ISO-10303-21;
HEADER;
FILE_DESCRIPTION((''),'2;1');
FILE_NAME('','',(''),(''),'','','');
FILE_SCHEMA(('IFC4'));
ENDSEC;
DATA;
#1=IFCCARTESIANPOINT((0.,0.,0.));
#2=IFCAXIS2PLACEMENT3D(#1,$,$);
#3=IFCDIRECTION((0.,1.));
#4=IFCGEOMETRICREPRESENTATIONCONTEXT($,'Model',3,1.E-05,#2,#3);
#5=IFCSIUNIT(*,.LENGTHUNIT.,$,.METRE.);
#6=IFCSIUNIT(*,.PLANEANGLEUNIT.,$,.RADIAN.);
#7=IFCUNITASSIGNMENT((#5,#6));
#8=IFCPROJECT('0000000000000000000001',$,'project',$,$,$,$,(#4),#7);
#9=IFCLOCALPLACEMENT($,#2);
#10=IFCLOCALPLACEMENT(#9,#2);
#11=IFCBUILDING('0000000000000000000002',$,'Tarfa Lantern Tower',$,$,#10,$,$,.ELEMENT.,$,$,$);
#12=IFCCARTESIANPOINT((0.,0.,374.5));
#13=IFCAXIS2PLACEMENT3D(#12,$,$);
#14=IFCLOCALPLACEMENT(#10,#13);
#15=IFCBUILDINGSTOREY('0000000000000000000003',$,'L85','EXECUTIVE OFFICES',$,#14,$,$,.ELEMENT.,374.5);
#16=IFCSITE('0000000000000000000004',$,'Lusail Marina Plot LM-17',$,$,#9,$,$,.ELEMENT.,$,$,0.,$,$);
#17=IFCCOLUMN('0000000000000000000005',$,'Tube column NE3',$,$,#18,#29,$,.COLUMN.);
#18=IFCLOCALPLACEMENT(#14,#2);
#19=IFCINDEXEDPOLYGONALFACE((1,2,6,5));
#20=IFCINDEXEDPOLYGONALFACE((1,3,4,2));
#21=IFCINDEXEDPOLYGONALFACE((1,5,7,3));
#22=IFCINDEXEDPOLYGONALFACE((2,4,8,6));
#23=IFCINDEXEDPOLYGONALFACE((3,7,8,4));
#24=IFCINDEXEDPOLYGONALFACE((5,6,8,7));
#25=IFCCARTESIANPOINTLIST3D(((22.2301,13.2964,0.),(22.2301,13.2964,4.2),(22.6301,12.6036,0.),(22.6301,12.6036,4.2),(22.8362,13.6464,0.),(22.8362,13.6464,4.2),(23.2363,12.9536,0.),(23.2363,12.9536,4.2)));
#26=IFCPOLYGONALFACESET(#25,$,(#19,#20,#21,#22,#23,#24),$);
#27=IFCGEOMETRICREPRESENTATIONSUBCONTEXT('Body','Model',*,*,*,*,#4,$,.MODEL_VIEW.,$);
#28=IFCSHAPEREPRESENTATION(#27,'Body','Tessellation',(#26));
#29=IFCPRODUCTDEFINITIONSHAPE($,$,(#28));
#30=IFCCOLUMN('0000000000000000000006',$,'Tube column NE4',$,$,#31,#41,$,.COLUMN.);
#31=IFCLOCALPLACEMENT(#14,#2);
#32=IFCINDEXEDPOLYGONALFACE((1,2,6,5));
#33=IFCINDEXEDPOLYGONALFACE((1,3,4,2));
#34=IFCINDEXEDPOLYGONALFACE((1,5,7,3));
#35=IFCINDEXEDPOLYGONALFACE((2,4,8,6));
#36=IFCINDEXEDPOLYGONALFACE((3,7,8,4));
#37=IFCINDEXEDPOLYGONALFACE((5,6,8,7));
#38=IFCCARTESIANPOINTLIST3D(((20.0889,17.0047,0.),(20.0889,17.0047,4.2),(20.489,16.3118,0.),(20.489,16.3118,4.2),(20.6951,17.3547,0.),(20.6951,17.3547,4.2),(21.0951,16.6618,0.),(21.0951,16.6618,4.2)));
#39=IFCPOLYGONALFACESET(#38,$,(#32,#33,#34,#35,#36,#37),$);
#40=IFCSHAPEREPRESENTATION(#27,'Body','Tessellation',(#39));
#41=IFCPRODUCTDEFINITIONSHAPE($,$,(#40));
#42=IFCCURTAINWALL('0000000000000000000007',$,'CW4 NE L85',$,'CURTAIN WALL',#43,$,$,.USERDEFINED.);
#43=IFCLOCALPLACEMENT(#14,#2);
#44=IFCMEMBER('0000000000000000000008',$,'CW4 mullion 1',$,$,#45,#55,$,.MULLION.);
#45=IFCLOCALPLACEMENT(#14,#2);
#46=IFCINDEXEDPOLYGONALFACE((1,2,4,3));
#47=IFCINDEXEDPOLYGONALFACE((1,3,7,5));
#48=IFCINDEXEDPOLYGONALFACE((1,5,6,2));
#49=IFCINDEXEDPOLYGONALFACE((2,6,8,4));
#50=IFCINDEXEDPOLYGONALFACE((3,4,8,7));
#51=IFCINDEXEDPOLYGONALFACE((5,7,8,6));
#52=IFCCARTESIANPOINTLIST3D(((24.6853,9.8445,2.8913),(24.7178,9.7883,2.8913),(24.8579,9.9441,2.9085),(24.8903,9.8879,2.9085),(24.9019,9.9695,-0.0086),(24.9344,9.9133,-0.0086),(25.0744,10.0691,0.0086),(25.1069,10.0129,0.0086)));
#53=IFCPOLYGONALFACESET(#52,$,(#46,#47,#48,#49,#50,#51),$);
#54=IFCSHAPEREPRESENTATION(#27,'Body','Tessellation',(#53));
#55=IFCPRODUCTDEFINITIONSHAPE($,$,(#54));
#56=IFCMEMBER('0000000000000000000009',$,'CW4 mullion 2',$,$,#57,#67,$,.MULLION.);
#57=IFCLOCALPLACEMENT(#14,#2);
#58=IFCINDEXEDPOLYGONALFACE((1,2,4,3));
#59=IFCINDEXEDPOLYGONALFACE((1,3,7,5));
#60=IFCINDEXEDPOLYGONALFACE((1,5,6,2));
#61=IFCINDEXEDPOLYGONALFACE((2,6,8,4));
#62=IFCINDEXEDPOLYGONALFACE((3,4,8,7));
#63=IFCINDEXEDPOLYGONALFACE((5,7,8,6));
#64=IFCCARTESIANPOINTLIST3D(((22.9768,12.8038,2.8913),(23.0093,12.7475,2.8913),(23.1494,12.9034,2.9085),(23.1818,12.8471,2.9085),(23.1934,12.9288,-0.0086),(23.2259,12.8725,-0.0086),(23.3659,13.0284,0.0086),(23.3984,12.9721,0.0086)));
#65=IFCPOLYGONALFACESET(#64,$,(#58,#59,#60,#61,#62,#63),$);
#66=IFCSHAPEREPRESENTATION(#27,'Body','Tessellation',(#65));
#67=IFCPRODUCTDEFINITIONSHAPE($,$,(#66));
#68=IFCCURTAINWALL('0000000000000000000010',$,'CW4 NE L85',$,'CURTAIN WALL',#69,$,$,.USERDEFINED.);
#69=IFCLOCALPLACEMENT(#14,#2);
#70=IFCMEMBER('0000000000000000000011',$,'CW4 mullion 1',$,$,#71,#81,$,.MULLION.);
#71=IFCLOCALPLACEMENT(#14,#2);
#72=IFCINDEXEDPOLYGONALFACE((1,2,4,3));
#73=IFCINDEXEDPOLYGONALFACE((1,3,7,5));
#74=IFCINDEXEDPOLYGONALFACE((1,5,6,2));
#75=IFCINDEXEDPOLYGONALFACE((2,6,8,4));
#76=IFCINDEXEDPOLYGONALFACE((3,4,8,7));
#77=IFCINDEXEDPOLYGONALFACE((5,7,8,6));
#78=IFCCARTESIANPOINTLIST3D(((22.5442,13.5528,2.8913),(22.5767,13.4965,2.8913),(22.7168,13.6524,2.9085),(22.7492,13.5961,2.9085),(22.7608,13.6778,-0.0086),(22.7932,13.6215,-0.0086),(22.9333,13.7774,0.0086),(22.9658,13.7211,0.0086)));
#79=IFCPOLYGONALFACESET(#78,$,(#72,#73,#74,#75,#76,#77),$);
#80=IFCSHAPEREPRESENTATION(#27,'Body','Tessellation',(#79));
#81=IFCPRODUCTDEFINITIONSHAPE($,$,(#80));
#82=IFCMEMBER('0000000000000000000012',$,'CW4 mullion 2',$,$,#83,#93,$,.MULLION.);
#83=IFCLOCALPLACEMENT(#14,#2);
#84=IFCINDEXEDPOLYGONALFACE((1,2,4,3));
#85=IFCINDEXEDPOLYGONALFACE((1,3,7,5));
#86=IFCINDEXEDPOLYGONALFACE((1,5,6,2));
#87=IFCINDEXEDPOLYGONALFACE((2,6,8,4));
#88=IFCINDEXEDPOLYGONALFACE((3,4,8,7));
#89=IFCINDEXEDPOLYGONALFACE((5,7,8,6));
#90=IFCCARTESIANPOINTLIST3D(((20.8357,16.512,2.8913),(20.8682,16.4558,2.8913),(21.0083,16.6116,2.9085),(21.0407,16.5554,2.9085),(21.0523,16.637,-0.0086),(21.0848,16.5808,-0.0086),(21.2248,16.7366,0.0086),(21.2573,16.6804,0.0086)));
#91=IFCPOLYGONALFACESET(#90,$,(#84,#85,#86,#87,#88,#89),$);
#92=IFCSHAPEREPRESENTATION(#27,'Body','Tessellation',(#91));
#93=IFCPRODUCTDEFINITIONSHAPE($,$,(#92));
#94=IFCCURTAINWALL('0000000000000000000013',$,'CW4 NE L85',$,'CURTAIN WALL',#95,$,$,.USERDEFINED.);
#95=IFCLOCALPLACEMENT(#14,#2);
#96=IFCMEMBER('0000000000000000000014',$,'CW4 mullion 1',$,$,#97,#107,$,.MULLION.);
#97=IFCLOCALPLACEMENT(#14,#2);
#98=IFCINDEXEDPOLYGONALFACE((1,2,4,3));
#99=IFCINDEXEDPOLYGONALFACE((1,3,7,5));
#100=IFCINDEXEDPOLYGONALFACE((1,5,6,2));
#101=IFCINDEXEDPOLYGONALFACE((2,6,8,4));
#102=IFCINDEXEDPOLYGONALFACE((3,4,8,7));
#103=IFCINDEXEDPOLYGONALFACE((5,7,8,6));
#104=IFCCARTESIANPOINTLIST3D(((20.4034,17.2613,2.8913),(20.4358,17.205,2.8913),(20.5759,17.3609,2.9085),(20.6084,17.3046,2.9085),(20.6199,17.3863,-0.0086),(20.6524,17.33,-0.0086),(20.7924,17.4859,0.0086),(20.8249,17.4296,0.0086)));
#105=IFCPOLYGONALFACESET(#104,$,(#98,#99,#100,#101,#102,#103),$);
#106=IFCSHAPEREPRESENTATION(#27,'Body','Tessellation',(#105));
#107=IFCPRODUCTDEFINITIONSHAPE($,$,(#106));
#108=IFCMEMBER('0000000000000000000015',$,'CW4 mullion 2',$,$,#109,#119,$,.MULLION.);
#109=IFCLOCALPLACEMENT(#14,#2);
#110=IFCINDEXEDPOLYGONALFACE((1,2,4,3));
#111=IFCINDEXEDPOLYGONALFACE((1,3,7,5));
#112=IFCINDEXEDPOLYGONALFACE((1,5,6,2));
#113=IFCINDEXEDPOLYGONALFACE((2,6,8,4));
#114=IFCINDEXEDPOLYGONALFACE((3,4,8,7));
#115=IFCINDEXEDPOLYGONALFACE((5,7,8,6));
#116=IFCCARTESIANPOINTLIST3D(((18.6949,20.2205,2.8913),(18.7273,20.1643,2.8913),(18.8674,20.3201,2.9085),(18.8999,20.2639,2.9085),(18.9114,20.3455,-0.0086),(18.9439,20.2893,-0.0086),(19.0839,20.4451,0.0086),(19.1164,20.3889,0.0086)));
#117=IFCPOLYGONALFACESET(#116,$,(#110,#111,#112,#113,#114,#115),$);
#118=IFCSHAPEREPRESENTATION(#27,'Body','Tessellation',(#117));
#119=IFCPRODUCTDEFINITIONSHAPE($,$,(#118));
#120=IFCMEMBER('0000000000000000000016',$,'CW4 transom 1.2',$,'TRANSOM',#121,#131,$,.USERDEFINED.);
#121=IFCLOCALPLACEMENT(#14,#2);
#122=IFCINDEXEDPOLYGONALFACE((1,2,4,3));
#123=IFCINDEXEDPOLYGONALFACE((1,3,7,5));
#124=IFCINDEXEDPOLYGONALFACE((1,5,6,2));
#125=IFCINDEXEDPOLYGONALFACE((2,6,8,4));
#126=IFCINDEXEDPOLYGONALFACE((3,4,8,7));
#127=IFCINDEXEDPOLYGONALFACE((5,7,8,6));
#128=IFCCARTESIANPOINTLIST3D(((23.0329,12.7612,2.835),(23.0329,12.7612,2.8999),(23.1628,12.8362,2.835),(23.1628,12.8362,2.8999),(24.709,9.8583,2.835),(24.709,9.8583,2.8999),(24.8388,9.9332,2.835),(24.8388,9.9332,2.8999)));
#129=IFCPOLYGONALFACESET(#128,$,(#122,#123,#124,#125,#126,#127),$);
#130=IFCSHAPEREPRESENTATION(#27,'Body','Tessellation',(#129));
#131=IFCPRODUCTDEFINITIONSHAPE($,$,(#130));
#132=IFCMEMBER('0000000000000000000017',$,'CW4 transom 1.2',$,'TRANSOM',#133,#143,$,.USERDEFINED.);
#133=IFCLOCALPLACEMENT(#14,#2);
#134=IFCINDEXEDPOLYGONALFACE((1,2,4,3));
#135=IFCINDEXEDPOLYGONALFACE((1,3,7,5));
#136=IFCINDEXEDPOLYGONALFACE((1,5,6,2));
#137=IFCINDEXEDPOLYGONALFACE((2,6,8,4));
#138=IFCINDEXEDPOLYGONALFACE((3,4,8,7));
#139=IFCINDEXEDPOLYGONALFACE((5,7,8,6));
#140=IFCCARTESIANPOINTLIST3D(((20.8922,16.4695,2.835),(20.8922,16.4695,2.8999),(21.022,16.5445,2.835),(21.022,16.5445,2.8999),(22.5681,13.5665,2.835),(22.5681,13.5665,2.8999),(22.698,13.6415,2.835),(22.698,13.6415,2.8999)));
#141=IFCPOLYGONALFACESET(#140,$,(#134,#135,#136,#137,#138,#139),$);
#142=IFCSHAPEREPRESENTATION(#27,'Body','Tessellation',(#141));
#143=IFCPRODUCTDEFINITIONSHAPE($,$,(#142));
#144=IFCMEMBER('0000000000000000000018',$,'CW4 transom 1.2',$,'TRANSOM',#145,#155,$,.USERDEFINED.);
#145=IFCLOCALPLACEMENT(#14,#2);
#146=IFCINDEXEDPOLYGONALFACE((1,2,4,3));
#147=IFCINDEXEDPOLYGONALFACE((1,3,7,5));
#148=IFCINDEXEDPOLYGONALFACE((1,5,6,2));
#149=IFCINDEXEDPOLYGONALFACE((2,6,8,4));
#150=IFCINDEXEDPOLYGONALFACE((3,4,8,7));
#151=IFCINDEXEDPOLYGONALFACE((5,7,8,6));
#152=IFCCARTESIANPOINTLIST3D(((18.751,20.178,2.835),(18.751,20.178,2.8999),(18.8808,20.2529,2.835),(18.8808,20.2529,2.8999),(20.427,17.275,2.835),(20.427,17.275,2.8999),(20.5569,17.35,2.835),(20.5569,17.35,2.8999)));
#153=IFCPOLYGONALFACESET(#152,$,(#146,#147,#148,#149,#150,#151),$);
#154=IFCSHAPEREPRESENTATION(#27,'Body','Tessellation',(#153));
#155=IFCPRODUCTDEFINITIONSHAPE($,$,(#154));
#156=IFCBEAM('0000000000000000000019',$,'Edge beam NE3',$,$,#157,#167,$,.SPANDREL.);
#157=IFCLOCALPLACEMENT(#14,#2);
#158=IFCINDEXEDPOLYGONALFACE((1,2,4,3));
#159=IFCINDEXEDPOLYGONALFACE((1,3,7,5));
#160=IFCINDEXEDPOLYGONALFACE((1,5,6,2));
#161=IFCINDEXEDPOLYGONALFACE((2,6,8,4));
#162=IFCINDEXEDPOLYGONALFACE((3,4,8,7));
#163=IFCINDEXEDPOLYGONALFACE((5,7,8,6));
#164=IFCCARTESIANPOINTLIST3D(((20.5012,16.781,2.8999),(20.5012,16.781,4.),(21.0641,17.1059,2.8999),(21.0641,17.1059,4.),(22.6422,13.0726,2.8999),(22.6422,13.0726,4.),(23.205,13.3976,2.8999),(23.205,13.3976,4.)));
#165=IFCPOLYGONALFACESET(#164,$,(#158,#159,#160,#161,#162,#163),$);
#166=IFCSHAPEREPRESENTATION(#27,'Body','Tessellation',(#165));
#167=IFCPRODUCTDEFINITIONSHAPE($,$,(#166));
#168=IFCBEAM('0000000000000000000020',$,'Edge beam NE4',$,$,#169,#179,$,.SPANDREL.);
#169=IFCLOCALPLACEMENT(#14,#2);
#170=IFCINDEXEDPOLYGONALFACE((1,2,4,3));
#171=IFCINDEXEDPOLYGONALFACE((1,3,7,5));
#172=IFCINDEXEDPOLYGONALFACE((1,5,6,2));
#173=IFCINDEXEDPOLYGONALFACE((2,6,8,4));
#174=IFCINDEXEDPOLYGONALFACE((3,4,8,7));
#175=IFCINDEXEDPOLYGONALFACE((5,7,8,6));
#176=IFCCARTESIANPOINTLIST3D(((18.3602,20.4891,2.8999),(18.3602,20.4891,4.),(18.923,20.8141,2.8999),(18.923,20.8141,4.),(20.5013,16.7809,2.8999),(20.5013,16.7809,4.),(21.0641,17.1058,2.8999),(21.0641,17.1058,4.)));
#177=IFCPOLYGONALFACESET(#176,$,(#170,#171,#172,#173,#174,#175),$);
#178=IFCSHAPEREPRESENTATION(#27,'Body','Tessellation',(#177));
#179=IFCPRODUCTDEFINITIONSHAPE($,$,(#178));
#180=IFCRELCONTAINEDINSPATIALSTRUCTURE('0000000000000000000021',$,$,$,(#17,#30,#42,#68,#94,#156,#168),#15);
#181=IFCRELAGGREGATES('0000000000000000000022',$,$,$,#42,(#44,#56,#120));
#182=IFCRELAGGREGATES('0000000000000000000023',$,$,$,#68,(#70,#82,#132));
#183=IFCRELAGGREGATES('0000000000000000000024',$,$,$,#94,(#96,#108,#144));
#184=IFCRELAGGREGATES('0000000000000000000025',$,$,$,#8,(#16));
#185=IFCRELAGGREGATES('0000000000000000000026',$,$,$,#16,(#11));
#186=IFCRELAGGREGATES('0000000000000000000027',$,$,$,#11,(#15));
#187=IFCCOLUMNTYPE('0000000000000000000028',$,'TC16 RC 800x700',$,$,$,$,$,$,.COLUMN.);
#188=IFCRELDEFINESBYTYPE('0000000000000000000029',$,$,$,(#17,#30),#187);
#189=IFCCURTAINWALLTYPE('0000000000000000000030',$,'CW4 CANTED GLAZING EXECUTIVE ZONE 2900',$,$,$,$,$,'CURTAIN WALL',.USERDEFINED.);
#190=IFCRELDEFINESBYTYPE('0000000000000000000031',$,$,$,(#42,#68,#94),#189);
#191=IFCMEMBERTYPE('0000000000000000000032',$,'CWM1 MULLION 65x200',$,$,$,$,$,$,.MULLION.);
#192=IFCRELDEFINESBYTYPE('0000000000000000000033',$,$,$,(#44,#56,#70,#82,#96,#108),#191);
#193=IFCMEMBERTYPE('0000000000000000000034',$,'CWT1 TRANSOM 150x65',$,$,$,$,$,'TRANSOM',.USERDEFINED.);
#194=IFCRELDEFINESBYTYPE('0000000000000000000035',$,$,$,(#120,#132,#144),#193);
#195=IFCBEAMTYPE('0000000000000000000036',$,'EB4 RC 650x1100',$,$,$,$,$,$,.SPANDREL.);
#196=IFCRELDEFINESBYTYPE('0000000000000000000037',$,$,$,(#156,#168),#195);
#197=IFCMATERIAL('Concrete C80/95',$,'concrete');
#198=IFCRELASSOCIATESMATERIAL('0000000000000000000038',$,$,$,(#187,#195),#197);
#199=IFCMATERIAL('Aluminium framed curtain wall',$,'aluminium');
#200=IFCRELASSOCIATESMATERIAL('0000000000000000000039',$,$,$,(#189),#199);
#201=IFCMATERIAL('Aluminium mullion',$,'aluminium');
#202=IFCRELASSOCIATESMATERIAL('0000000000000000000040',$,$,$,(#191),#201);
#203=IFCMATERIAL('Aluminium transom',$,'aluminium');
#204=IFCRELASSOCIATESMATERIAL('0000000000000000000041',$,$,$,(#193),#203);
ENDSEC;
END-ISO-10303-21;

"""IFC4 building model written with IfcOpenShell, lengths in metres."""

from ifc_helpers import new_model, si_unit, direction, frame, origin, origin_2d, place, context, subcontext, project, spatial, rectangle, extrude, material, material_profile, profile_set, type_object, element, aggregate, save


model = new_model("IFC4")

# Units and contexts
model_context = context("Model", 3, precision=1e-05, world=origin(), true_north=direction((0.0, 1.0)))
body_context = subcontext(model_context, "Body", "Model", "MODEL_VIEW")
ifc_project = project(units=[si_unit("LENGTHUNIT", "METRE"), si_unit("PLANEANGLEUNIT", "RADIAN")], contexts=[model_context])

# Site, building, storey
site_placement = place(None, origin())
site = spatial("IfcSite", under=ifc_project, at=site_placement, Name="Lusail Marina Plot LM-17", CompositionType="ELEMENT", RefElevation=0.0)
building_placement = place(site_placement, origin())
building = spatial("IfcBuilding", under=site, at=building_placement, Name="Tarfa Lantern Tower", CompositionType="ELEMENT")
storey_placement = place(building_placement, frame((0.0, 0.0, 374.5)))
storey = spatial("IfcBuildingStorey", under=building, at=storey_placement, Name="L85", Description="EXECUTIVE OFFICES", CompositionType="ELEMENT", Elevation=374.5)

# Columns
ifc_material_1 = material(Name="Concrete C80/95", Category="concrete")
ifc_material_profile_1 = material_profile(ifc_material_1, rectangle(XDim=0.8, YDim=0.7, at=origin_2d()), Name="RC 800x700")
ifc_profile_set_1 = profile_set([ifc_material_profile_1], Name="Concrete C80/95")
column_type = type_object("IfcColumnType", Name="TC16 RC 800x700", PredefinedType="COLUMN", material=ifc_profile_set_1)
for number, where, z_axis, x_axis, name in (
    (1, (22.7332, 13.125, 0.0), (0.0, 0.0, 1.0), (-0.5, 0.866025, 0.0), "Tube column NE3"),
    (2, (20.592, 16.8333, 0.0), (0.0, 0.0, 1.0), (-0.5, 0.866025, 0.0), "Tube column NE4"),
):
    element("IfcColumn", number, at=place(storey_placement, frame(where, z_axis=z_axis, x_axis=x_axis)), inside=storey, type_object=column_type, Name=name, PredefinedType="COLUMN", context=body_context, shape_type="SweptSolid", body=[
        extrude(rectangle(XDim=0.8, YDim=0.7, at=origin_2d()), origin(), (0.0, 0.0, 1.0), 4.2),
    ])

# Curtain walls, members
ifc_material_2 = material(Name="Aluminium framed curtain wall", Category="aluminium")
curtain_wall_type = type_object("IfcCurtainWallType", Name="CW4 CANTED GLAZING EXECUTIVE ZONE 2900", ElementType="CURTAIN WALL", PredefinedType="USERDEFINED", material=ifc_material_2)
curtain_wall_1_placement = place(storey_placement, origin())
curtain_wall_1 = element("IfcCurtainWall", 3, at=curtain_wall_1_placement, inside=storey, type_object=curtain_wall_type, Name="CW4 NE L85", ObjectType="CURTAIN WALL", PredefinedType="USERDEFINED")
ifc_material_3 = material(Name="Aluminium mullion", Category="aluminium")
ifc_material_profile_2 = material_profile(ifc_material_3, rectangle(XDim=0.0649, YDim=0.2, at=origin_2d()), Name="AL MULLION 65x200")
ifc_profile_set_2 = profile_set([ifc_material_profile_2], Name="Aluminium mullion")
member_type_1 = type_object("IfcMemberType", Name="CWM1 MULLION 65x200", PredefinedType="MULLION", material=ifc_profile_set_2)
member_1_placement = place(storey_placement, frame((25.0044, 9.9912, 0.0), z_axis=(-0.0744, -0.042946, 0.996303), x_axis=(0.49992, -0.866072, 0.0)))
member_1 = element("IfcMember", 4, at=member_1_placement, type_object=member_type_1, Name="CW4 mullion 1", PredefinedType="MULLION", context=body_context, shape_type="SweptSolid", body=[
    extrude(rectangle(XDim=0.0649, YDim=0.2, at=origin_2d()), origin(), (0.0, 0.0, 1.0), 2.9106),
])
member_2_placement = place(storey_placement, frame((23.2959, 12.9504, 0.0), z_axis=(-0.0744, -0.042946, 0.996303), x_axis=(0.49992, -0.866072, 0.0)))
member_2 = element("IfcMember", 5, at=member_2_placement, type_object=member_type_1, Name="CW4 mullion 2", PredefinedType="MULLION", context=body_context, shape_type="SweptSolid", body=[
    extrude(rectangle(XDim=0.0649, YDim=0.2, at=origin_2d()), origin(), (0.0, 0.0, 1.0), 2.9106),
])
curtain_wall_2_placement = place(storey_placement, origin())
curtain_wall_2 = element("IfcCurtainWall", 6, at=curtain_wall_2_placement, inside=storey, type_object=curtain_wall_type, Name="CW4 NE L85", ObjectType="CURTAIN WALL", PredefinedType="USERDEFINED")
member_3_placement = place(storey_placement, frame((22.8633, 13.6995, 0.0), z_axis=(-0.0744, -0.042946, 0.996303), x_axis=(0.49992, -0.866072, 0.0)))
member_3 = element("IfcMember", 7, at=member_3_placement, type_object=member_type_1, Name="CW4 mullion 1", PredefinedType="MULLION", context=body_context, shape_type="SweptSolid", body=[
    extrude(rectangle(XDim=0.0649, YDim=0.2, at=origin_2d()), origin(), (0.0, 0.0, 1.0), 2.9106),
])
member_4_placement = place(storey_placement, frame((21.1548, 16.6587, 0.0), z_axis=(-0.0744, -0.042946, 0.996303), x_axis=(0.49992, -0.866072, 0.0)))
member_4 = element("IfcMember", 8, at=member_4_placement, type_object=member_type_1, Name="CW4 mullion 2", PredefinedType="MULLION", context=body_context, shape_type="SweptSolid", body=[
    extrude(rectangle(XDim=0.0649, YDim=0.2, at=origin_2d()), origin(), (0.0, 0.0, 1.0), 2.9106),
])
curtain_wall_3_placement = place(storey_placement, origin())
curtain_wall_3 = element("IfcCurtainWall", 9, at=curtain_wall_3_placement, inside=storey, type_object=curtain_wall_type, Name="CW4 NE L85", ObjectType="CURTAIN WALL", PredefinedType="USERDEFINED")
member_5_placement = place(storey_placement, frame((20.7224, 17.408, 0.0), z_axis=(-0.0744, -0.042946, 0.996303), x_axis=(0.49992, -0.866072, 0.0)))
member_5 = element("IfcMember", 10, at=member_5_placement, type_object=member_type_1, Name="CW4 mullion 1", PredefinedType="MULLION", context=body_context, shape_type="SweptSolid", body=[
    extrude(rectangle(XDim=0.0649, YDim=0.2, at=origin_2d()), origin(), (0.0, 0.0, 1.0), 2.9106),
])
member_6_placement = place(storey_placement, frame((19.0139, 20.3672, 0.0), z_axis=(-0.0744, -0.042946, 0.996303), x_axis=(0.49992, -0.866072, 0.0)))
member_6 = element("IfcMember", 11, at=member_6_placement, type_object=member_type_1, Name="CW4 mullion 2", PredefinedType="MULLION", context=body_context, shape_type="SweptSolid", body=[
    extrude(rectangle(XDim=0.0649, YDim=0.2, at=origin_2d()), origin(), (0.0, 0.0, 1.0), 2.9106),
])

# Members
ifc_material_4 = material(Name="Aluminium transom", Category="aluminium")
ifc_material_profile_3 = material_profile(ifc_material_4, rectangle(XDim=0.1499, YDim=0.0649, at=origin_2d()), Name="AL TRANSOM 150x65")
ifc_profile_set_3 = profile_set([ifc_material_profile_3], Name="Aluminium transom")
member_type_2 = type_object("IfcMemberType", Name="CWT1 TRANSOM 150x65", ElementType="TRANSOM", PredefinedType="USERDEFINED", material=ifc_profile_set_3)
member_7_placement = place(storey_placement, frame((24.7739, 9.8958, 2.8674), z_axis=(-0.500017, 0.866016, 0.0), x_axis=(-0.866016, -0.500017, 0.0)))
member_7 = element("IfcMember", 12, at=member_7_placement, type_object=member_type_2, Name="CW4 transom 1.2", ObjectType="TRANSOM", PredefinedType="USERDEFINED", context=body_context, shape_type="SweptSolid", body=[
    extrude(rectangle(XDim=0.1499, YDim=0.0649, at=origin_2d()), origin(), (0.0, 0.0, 1.0), 3.3521),
])
member_8_placement = place(storey_placement, frame((22.6331, 13.604, 2.8674), z_axis=(-0.499985, 0.866034, 0.0), x_axis=(-0.866034, -0.499985, 0.0)))
member_8 = element("IfcMember", 13, at=member_8_placement, type_object=member_type_2, Name="CW4 transom 1.2", ObjectType="TRANSOM", PredefinedType="USERDEFINED", context=body_context, shape_type="SweptSolid", body=[
    extrude(rectangle(XDim=0.1499, YDim=0.0649, at=origin_2d()), origin(), (0.0, 0.0, 1.0), 3.3521),
])
member_9_placement = place(storey_placement, frame((20.4919, 17.3125, 2.8674), z_axis=(-0.500017, 0.866016, 0.0), x_axis=(-0.866016, -0.500017, 0.0)))
member_9 = element("IfcMember", 14, at=member_9_placement, type_object=member_type_2, Name="CW4 transom 1.2", ObjectType="TRANSOM", PredefinedType="USERDEFINED", context=body_context, shape_type="SweptSolid", body=[
    extrude(rectangle(XDim=0.1499, YDim=0.0649, at=origin_2d()), origin(), (0.0, 0.0, 1.0), 3.3521),
])

# Beams
ifc_material_profile_4 = material_profile(ifc_material_1, rectangle(XDim=0.6499, YDim=1.1001, at=origin_2d()), Name="RC 650x1100")
ifc_profile_set_4 = profile_set([ifc_material_profile_4], Name="Concrete C80/95")
beam_type_1 = type_object("IfcBeamType", Name="EB4 RC 650x1100", PredefinedType="SPANDREL", material=ifc_profile_set_4)
for number, where, z_axis, x_axis, name in (
    (15, (22.9236, 13.2351, 3.45), (-0.499984, 0.866035, 0.0), (-0.866035, -0.499984, 0.0), "Edge beam NE3"),
    (16, (20.7827, 16.9434, 3.45), (-0.500027, 0.86601, 0.0), (-0.86601, -0.500027, 0.0), "Edge beam NE4"),
):
    element("IfcBeam", number, at=place(storey_placement, frame(where, z_axis=z_axis, x_axis=x_axis)), inside=storey, type_object=beam_type_1, Name=name, PredefinedType="SPANDREL", context=body_context, shape_type="SweptSolid", body=[
        extrude(rectangle(XDim=0.6499, YDim=1.1001, at=origin_2d()), origin(), (0.0, 0.0, 1.0), 4.282),
    ])

aggregate(curtain_wall_1, [member_1, member_2, member_7])
aggregate(curtain_wall_2, [member_3, member_4, member_8])
aggregate(curtain_wall_3, [member_5, member_6, member_9])

save(model, "model.ifc")
